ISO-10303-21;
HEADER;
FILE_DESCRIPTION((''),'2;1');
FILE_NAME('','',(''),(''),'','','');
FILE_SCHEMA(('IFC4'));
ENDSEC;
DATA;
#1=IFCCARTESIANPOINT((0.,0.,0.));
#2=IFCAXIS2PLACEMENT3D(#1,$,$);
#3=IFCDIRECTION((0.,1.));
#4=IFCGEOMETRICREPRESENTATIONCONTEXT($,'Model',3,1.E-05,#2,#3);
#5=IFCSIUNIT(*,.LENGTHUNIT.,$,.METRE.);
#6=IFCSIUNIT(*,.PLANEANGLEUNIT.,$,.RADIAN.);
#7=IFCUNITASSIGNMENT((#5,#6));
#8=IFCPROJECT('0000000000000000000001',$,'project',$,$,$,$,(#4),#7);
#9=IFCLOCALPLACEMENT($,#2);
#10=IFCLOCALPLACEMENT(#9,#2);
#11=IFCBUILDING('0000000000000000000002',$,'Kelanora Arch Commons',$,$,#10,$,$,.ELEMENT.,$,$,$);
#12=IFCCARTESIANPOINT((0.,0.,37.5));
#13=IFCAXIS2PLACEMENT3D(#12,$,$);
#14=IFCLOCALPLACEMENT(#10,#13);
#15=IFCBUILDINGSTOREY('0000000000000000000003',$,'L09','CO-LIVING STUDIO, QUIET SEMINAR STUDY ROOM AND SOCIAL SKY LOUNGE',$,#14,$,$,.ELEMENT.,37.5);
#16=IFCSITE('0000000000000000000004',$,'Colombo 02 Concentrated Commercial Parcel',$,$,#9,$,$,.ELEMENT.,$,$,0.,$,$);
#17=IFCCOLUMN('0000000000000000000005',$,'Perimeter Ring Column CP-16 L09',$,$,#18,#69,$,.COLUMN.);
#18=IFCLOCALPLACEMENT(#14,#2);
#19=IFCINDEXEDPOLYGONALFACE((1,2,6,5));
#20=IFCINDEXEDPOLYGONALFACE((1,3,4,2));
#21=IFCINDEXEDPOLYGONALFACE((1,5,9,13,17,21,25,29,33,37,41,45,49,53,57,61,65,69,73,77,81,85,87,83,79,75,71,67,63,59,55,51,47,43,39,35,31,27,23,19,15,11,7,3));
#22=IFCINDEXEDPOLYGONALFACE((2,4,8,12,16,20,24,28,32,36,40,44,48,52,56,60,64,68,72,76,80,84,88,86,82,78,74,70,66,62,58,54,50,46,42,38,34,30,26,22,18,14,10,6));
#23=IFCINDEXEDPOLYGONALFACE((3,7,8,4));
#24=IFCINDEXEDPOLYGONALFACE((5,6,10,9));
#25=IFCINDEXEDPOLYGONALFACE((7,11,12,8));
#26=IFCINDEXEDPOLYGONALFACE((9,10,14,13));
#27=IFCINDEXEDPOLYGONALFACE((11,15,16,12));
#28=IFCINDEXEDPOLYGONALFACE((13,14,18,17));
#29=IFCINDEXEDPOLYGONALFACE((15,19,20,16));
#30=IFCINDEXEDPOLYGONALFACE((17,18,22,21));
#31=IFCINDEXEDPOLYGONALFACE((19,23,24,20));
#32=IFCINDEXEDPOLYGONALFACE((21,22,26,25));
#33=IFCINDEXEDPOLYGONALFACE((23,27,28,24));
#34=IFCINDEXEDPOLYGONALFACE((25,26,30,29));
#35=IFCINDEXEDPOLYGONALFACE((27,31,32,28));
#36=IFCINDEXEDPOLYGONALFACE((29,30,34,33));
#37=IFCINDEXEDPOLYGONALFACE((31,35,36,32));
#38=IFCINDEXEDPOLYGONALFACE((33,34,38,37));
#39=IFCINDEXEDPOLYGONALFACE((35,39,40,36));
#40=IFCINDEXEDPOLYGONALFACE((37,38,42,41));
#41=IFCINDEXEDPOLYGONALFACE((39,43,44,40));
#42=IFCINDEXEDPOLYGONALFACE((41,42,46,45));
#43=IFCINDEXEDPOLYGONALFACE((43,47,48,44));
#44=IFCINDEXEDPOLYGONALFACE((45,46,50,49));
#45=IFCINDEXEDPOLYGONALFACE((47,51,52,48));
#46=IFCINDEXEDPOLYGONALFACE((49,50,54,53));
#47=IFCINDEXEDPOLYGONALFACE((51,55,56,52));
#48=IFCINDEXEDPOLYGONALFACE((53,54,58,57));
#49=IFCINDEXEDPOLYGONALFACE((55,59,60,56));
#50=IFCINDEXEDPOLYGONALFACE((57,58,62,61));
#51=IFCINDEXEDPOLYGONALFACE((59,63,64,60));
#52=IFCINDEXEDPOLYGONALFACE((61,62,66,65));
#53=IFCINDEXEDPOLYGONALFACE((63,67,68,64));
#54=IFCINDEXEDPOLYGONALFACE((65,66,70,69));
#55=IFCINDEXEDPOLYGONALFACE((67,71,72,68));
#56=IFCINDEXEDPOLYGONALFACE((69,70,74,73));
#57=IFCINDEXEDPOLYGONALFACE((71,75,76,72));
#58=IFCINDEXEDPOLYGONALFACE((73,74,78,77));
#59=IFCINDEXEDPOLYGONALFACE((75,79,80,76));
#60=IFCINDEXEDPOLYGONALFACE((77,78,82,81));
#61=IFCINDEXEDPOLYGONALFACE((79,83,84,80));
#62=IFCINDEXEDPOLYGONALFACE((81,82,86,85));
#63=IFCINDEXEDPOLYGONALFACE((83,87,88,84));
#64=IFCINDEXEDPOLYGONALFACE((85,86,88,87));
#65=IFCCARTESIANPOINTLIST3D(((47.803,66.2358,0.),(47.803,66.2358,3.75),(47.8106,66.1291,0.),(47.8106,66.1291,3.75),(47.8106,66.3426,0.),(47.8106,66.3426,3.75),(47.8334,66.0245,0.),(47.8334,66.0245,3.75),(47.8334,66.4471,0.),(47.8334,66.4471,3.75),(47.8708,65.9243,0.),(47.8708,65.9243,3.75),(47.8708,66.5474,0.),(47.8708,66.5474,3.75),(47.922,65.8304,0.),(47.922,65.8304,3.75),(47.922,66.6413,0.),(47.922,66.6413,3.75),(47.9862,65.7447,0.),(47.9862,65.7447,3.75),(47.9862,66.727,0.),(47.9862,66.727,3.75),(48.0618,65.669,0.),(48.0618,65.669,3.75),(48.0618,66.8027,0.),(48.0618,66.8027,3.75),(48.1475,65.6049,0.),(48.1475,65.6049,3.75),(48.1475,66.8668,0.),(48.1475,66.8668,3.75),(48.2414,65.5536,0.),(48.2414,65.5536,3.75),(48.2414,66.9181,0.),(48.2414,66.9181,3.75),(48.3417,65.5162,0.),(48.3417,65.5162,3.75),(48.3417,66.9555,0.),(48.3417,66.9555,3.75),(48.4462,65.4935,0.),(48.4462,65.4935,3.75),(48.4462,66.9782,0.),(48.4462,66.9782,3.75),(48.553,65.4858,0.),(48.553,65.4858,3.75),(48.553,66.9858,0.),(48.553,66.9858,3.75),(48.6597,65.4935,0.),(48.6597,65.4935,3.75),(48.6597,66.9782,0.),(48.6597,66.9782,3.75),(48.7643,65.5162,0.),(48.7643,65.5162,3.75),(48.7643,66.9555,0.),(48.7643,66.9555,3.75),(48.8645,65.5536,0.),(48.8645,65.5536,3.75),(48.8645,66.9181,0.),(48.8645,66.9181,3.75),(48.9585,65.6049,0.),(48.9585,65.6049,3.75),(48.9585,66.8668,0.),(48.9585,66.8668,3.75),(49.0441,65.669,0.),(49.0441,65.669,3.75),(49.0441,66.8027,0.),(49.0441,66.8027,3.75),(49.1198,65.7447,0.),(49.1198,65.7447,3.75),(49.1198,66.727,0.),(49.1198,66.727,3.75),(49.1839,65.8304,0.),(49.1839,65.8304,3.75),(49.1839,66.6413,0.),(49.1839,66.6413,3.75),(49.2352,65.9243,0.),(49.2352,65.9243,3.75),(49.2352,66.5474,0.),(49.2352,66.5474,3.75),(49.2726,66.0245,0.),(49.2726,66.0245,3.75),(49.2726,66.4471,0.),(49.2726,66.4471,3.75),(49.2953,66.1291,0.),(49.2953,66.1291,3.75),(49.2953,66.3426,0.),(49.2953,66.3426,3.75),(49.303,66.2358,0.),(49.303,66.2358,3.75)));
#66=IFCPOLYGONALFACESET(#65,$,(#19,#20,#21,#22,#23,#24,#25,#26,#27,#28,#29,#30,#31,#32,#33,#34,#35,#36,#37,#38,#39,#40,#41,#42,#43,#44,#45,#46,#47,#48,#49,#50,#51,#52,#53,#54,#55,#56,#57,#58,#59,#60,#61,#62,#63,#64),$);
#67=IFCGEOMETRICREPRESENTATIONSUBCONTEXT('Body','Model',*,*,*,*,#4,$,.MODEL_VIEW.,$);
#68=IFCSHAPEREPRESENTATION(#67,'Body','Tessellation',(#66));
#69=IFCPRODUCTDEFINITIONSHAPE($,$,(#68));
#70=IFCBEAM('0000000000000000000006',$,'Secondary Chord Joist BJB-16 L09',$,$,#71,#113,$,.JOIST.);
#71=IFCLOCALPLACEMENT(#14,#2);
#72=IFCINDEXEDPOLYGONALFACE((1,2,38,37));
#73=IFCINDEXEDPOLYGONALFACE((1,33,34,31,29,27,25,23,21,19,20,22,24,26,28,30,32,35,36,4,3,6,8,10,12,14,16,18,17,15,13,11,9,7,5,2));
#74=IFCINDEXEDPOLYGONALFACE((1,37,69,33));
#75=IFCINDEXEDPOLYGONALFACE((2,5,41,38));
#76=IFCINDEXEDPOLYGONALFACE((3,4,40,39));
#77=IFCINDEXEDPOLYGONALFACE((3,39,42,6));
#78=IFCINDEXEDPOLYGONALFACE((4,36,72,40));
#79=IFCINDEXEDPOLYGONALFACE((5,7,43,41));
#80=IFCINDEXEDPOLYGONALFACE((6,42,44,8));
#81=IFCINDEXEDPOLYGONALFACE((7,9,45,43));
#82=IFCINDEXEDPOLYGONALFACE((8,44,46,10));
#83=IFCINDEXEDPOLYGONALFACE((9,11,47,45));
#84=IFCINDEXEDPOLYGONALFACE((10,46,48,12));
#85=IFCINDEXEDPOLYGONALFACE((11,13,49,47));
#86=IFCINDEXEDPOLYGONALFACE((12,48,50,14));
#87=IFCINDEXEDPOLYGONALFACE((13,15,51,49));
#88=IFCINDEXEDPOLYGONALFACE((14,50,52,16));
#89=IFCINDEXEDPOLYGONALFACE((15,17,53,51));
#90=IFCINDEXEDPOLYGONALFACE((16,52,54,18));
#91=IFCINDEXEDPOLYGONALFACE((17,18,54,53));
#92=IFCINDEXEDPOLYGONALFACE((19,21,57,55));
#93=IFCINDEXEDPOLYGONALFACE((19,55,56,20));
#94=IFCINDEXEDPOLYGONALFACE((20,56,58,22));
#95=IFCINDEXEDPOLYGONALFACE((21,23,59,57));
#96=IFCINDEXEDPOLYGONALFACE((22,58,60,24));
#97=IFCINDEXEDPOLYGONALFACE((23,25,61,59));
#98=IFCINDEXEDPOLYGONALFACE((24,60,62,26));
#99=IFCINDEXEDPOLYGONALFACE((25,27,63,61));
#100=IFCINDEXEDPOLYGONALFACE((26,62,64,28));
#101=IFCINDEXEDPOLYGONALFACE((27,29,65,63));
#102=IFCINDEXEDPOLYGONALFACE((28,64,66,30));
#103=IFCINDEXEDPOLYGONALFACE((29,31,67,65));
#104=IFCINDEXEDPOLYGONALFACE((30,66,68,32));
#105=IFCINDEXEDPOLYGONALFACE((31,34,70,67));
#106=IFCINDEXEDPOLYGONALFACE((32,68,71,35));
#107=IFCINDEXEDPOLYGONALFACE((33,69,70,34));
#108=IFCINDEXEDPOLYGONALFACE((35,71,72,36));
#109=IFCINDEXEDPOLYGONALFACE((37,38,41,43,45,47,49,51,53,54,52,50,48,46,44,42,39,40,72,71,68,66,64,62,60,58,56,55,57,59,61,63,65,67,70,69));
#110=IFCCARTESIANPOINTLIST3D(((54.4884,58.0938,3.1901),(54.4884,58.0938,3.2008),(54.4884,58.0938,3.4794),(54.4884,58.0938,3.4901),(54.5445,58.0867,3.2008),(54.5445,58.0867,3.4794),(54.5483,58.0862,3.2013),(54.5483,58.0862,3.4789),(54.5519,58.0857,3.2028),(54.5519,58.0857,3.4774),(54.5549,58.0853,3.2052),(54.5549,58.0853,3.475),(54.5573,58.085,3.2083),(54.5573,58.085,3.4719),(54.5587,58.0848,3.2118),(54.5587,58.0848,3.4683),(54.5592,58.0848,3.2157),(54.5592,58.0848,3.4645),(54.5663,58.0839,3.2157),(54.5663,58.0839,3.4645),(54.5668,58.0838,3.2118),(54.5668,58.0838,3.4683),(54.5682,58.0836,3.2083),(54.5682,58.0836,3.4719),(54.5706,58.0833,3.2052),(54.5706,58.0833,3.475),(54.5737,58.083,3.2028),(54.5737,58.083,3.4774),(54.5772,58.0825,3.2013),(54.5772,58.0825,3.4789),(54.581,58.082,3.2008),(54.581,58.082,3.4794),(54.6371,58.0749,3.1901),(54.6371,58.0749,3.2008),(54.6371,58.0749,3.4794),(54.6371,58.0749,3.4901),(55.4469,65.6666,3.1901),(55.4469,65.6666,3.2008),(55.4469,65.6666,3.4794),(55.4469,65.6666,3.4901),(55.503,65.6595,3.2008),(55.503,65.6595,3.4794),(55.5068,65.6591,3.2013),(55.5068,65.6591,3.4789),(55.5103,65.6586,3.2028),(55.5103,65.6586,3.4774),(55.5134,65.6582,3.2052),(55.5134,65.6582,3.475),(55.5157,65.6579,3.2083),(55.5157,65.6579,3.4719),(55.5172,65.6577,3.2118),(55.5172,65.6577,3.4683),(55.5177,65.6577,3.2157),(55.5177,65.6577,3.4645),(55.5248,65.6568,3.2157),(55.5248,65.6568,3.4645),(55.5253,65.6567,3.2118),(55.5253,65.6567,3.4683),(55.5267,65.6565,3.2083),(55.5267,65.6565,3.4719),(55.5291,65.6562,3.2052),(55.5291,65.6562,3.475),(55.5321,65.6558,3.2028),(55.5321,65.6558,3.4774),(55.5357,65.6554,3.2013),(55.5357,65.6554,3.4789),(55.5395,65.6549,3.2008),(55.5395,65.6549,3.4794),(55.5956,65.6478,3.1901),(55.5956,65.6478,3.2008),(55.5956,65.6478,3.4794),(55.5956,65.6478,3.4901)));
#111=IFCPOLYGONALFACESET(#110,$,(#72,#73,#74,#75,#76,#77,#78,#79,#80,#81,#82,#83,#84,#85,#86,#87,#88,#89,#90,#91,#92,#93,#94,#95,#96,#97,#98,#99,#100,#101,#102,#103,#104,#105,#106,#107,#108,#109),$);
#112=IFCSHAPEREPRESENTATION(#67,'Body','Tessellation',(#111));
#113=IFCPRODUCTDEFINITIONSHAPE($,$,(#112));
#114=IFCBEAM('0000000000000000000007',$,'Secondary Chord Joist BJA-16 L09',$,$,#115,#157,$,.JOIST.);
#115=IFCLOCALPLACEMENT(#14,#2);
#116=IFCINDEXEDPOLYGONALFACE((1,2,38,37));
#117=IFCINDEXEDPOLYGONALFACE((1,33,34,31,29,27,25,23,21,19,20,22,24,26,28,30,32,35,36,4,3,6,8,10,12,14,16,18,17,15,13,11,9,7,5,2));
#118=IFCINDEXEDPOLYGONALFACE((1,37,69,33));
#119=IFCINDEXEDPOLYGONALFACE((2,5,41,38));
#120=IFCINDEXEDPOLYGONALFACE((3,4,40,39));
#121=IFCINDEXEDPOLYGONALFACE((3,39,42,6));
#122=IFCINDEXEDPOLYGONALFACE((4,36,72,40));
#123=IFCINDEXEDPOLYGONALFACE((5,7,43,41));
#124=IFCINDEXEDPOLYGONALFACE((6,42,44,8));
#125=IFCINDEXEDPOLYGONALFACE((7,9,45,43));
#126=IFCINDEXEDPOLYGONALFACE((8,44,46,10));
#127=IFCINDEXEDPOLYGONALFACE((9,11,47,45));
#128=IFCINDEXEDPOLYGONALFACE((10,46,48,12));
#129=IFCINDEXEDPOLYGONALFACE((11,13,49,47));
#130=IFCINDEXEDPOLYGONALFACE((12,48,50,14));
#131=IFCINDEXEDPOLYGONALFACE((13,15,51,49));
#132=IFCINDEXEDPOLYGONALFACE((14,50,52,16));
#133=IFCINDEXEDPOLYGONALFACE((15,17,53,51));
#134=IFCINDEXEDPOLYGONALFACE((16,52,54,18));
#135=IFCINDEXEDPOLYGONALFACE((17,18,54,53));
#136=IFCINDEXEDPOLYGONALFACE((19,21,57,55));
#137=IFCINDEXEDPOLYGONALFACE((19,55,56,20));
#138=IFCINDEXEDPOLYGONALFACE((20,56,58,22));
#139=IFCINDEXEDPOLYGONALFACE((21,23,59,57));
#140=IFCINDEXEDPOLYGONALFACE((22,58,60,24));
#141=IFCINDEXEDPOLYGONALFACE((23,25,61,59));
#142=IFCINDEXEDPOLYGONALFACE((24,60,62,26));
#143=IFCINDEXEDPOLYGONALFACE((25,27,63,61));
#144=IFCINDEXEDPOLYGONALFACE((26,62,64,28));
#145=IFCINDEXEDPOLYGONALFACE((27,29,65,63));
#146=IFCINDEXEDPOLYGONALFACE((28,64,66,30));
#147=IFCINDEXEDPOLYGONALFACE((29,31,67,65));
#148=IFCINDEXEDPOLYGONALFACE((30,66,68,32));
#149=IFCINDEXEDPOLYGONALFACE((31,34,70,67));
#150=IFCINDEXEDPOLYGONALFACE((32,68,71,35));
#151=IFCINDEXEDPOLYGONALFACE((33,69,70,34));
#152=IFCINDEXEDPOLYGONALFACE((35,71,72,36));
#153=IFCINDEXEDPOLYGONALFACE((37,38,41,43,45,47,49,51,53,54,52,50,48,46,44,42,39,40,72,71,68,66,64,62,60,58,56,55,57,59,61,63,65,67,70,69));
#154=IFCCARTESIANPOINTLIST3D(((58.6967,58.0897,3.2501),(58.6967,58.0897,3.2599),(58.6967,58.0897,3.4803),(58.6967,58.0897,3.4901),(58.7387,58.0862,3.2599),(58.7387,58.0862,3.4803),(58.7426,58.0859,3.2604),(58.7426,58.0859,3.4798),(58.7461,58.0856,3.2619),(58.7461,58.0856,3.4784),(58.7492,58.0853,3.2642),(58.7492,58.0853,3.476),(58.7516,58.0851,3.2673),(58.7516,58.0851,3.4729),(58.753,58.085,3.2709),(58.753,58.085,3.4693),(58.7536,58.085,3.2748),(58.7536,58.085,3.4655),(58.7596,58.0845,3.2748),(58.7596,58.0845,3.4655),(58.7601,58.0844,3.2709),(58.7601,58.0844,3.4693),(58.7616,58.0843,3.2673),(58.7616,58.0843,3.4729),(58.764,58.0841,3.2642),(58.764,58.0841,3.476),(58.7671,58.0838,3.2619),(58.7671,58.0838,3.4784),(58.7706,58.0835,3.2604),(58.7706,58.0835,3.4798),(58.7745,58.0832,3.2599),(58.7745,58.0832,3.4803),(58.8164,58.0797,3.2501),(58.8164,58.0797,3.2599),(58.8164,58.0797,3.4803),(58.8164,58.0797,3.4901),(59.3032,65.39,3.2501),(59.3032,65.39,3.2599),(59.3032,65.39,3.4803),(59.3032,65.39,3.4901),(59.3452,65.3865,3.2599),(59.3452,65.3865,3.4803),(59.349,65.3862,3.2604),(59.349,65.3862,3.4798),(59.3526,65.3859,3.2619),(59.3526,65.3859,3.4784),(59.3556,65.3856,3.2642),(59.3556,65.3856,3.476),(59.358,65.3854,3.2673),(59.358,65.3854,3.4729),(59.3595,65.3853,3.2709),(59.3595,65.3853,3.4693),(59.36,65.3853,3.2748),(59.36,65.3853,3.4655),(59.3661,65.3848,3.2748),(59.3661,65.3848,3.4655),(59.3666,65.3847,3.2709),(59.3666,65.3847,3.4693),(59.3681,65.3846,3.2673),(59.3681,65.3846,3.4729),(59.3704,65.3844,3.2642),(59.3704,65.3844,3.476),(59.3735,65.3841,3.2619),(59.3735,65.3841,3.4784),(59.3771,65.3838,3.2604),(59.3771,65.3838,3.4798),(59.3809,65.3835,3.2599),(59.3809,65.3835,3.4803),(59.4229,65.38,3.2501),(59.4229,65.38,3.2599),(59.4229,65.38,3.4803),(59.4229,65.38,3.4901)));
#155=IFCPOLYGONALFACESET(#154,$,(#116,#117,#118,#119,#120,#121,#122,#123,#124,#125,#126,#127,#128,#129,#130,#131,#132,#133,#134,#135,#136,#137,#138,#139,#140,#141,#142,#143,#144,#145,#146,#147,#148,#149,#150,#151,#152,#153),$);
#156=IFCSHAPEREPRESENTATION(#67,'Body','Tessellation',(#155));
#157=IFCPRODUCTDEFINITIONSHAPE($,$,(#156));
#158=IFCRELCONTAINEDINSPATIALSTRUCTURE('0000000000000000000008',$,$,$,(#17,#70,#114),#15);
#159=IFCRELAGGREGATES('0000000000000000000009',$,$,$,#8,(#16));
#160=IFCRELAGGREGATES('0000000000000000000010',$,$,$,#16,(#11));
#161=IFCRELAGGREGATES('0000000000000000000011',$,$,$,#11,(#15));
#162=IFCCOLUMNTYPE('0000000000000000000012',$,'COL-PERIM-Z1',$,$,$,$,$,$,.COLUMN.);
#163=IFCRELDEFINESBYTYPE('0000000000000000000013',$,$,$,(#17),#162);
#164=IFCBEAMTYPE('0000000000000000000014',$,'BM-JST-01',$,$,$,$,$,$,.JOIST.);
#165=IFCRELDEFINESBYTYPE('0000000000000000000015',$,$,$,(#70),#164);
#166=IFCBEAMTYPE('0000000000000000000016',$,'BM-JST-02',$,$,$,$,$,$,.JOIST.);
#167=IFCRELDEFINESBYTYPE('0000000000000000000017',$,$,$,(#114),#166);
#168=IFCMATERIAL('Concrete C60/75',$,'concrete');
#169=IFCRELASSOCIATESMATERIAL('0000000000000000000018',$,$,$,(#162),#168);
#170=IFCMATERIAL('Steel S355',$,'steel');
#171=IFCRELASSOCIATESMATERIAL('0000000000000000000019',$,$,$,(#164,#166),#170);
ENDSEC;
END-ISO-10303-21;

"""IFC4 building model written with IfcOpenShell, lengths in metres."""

from ifc_helpers import new_model, si_unit, direction, frame, origin, origin_2d, place, context, subcontext, project, spatial, circle, i_section, extrude, material, material_profile, profile_set, type_object, element, save


model = new_model("IFC4")

# Units and contexts
model_context = context("Model", 3, precision=1e-05, world=origin(), true_north=direction((0.0, 1.0)))
body_context = subcontext(model_context, "Body", "Model", "MODEL_VIEW")
ifc_project = project(units=[si_unit("LENGTHUNIT", "METRE"), si_unit("PLANEANGLEUNIT", "RADIAN")], contexts=[model_context])

# Site, building, storey
site_placement = place(None, origin())
site = spatial("IfcSite", under=ifc_project, at=site_placement, Name="Colombo 02 Concentrated Commercial Parcel", CompositionType="ELEMENT", RefElevation=0.0)
building_placement = place(site_placement, origin())
building = spatial("IfcBuilding", under=site, at=building_placement, Name="Kelanora Arch Commons", CompositionType="ELEMENT")
storey_placement = place(building_placement, frame((0.0, 0.0, 37.5)))
storey = spatial("IfcBuildingStorey", under=building, at=storey_placement, Name="L09", Description="CO-LIVING STUDIO, QUIET SEMINAR STUDY ROOM AND SOCIAL SKY LOUNGE", CompositionType="ELEMENT", Elevation=37.5)

# Column
ifc_material_1 = material(Name="Concrete C60/75", Category="concrete")
ifc_material_profile_1 = material_profile(ifc_material_1, circle(Radius=0.75, at=origin_2d()), Name="RCC1500")
ifc_profile_set_1 = profile_set([ifc_material_profile_1], Name="Concrete C60/75")
column_type = type_object("IfcColumnType", Name="COL-PERIM-Z1", PredefinedType="COLUMN", material=ifc_profile_set_1)
column_placement = place(storey_placement, frame((48.553, 66.2358, 0.0), z_axis=(0.0, 0.0, 1.0), x_axis=(1.0, 0.0, 0.0)))
element("IfcColumn", 1, at=column_placement, inside=storey, type_object=column_type, Name="Perimeter Ring Column CP-16 L09", PredefinedType="COLUMN", context=body_context, shape_type="SweptSolid", body=[
    extrude(circle(Radius=0.75, at=origin_2d()), origin(), (0.0, 0.0, 1.0), 3.75),
])

# Beams
ifc_material_2 = material(Name="Steel S355", Category="steel")
ifc_material_profile_2 = material_profile(ifc_material_2, i_section(OverallWidth=0.1499, OverallDepth=0.3, WebThickness=0.0071, FlangeThickness=0.0107, FilletRadius=0.0149, at=origin_2d()), Name="IPE300")
ifc_profile_set_2 = profile_set([ifc_material_profile_2], Name="Steel S355")
beam_type_1 = type_object("IfcBeamType", Name="BM-JST-01", PredefinedType="JOIST", material=ifc_profile_set_2)
beam_1_placement = place(storey_placement, frame((55.5212, 65.6572, 3.3401), z_axis=(-0.125566, -0.992085, 0.0), x_axis=(0.992085, -0.125566, 0.0)))
element("IfcBeam", 2, at=beam_1_placement, inside=storey, type_object=beam_type_1, Name="Secondary Chord Joist BJB-16 L09", PredefinedType="JOIST", context=body_context, shape_type="SweptSolid", body=[
    extrude(i_section(OverallWidth=0.1499, OverallDepth=0.3, WebThickness=0.0071, FlangeThickness=0.0107, FilletRadius=0.0149, at=origin_2d()), origin(), (0.0, 0.0, 1.0), 7.6333),
])
ifc_material_profile_3 = material_profile(ifc_material_2, i_section(OverallWidth=0.1201, OverallDepth=0.24, WebThickness=0.0061, FlangeThickness=0.0098, FilletRadius=0.0149, at=origin_2d()), Name="IPE240")
ifc_profile_set_3 = profile_set([ifc_material_profile_3], Name="Steel S355")
beam_type_2 = type_object("IfcBeamType", Name="BM-JST-02", PredefinedType="JOIST", material=ifc_profile_set_3)
beam_2_placement = place(storey_placement, frame((59.363, 65.385, 3.3701), z_axis=(-0.082786, -0.996567, 0.0), x_axis=(0.996567, -0.082786, 0.0)))
element("IfcBeam", 3, at=beam_2_placement, inside=storey, type_object=beam_type_2, Name="Secondary Chord Joist BJA-16 L09", PredefinedType="JOIST", context=body_context, shape_type="SweptSolid", body=[
    extrude(i_section(OverallWidth=0.1201, OverallDepth=0.24, WebThickness=0.0061, FlangeThickness=0.0098, FilletRadius=0.0149, at=origin_2d()), origin(), (0.0, 0.0, 1.0), 7.3254),
])

save(model, "model.ifc")
